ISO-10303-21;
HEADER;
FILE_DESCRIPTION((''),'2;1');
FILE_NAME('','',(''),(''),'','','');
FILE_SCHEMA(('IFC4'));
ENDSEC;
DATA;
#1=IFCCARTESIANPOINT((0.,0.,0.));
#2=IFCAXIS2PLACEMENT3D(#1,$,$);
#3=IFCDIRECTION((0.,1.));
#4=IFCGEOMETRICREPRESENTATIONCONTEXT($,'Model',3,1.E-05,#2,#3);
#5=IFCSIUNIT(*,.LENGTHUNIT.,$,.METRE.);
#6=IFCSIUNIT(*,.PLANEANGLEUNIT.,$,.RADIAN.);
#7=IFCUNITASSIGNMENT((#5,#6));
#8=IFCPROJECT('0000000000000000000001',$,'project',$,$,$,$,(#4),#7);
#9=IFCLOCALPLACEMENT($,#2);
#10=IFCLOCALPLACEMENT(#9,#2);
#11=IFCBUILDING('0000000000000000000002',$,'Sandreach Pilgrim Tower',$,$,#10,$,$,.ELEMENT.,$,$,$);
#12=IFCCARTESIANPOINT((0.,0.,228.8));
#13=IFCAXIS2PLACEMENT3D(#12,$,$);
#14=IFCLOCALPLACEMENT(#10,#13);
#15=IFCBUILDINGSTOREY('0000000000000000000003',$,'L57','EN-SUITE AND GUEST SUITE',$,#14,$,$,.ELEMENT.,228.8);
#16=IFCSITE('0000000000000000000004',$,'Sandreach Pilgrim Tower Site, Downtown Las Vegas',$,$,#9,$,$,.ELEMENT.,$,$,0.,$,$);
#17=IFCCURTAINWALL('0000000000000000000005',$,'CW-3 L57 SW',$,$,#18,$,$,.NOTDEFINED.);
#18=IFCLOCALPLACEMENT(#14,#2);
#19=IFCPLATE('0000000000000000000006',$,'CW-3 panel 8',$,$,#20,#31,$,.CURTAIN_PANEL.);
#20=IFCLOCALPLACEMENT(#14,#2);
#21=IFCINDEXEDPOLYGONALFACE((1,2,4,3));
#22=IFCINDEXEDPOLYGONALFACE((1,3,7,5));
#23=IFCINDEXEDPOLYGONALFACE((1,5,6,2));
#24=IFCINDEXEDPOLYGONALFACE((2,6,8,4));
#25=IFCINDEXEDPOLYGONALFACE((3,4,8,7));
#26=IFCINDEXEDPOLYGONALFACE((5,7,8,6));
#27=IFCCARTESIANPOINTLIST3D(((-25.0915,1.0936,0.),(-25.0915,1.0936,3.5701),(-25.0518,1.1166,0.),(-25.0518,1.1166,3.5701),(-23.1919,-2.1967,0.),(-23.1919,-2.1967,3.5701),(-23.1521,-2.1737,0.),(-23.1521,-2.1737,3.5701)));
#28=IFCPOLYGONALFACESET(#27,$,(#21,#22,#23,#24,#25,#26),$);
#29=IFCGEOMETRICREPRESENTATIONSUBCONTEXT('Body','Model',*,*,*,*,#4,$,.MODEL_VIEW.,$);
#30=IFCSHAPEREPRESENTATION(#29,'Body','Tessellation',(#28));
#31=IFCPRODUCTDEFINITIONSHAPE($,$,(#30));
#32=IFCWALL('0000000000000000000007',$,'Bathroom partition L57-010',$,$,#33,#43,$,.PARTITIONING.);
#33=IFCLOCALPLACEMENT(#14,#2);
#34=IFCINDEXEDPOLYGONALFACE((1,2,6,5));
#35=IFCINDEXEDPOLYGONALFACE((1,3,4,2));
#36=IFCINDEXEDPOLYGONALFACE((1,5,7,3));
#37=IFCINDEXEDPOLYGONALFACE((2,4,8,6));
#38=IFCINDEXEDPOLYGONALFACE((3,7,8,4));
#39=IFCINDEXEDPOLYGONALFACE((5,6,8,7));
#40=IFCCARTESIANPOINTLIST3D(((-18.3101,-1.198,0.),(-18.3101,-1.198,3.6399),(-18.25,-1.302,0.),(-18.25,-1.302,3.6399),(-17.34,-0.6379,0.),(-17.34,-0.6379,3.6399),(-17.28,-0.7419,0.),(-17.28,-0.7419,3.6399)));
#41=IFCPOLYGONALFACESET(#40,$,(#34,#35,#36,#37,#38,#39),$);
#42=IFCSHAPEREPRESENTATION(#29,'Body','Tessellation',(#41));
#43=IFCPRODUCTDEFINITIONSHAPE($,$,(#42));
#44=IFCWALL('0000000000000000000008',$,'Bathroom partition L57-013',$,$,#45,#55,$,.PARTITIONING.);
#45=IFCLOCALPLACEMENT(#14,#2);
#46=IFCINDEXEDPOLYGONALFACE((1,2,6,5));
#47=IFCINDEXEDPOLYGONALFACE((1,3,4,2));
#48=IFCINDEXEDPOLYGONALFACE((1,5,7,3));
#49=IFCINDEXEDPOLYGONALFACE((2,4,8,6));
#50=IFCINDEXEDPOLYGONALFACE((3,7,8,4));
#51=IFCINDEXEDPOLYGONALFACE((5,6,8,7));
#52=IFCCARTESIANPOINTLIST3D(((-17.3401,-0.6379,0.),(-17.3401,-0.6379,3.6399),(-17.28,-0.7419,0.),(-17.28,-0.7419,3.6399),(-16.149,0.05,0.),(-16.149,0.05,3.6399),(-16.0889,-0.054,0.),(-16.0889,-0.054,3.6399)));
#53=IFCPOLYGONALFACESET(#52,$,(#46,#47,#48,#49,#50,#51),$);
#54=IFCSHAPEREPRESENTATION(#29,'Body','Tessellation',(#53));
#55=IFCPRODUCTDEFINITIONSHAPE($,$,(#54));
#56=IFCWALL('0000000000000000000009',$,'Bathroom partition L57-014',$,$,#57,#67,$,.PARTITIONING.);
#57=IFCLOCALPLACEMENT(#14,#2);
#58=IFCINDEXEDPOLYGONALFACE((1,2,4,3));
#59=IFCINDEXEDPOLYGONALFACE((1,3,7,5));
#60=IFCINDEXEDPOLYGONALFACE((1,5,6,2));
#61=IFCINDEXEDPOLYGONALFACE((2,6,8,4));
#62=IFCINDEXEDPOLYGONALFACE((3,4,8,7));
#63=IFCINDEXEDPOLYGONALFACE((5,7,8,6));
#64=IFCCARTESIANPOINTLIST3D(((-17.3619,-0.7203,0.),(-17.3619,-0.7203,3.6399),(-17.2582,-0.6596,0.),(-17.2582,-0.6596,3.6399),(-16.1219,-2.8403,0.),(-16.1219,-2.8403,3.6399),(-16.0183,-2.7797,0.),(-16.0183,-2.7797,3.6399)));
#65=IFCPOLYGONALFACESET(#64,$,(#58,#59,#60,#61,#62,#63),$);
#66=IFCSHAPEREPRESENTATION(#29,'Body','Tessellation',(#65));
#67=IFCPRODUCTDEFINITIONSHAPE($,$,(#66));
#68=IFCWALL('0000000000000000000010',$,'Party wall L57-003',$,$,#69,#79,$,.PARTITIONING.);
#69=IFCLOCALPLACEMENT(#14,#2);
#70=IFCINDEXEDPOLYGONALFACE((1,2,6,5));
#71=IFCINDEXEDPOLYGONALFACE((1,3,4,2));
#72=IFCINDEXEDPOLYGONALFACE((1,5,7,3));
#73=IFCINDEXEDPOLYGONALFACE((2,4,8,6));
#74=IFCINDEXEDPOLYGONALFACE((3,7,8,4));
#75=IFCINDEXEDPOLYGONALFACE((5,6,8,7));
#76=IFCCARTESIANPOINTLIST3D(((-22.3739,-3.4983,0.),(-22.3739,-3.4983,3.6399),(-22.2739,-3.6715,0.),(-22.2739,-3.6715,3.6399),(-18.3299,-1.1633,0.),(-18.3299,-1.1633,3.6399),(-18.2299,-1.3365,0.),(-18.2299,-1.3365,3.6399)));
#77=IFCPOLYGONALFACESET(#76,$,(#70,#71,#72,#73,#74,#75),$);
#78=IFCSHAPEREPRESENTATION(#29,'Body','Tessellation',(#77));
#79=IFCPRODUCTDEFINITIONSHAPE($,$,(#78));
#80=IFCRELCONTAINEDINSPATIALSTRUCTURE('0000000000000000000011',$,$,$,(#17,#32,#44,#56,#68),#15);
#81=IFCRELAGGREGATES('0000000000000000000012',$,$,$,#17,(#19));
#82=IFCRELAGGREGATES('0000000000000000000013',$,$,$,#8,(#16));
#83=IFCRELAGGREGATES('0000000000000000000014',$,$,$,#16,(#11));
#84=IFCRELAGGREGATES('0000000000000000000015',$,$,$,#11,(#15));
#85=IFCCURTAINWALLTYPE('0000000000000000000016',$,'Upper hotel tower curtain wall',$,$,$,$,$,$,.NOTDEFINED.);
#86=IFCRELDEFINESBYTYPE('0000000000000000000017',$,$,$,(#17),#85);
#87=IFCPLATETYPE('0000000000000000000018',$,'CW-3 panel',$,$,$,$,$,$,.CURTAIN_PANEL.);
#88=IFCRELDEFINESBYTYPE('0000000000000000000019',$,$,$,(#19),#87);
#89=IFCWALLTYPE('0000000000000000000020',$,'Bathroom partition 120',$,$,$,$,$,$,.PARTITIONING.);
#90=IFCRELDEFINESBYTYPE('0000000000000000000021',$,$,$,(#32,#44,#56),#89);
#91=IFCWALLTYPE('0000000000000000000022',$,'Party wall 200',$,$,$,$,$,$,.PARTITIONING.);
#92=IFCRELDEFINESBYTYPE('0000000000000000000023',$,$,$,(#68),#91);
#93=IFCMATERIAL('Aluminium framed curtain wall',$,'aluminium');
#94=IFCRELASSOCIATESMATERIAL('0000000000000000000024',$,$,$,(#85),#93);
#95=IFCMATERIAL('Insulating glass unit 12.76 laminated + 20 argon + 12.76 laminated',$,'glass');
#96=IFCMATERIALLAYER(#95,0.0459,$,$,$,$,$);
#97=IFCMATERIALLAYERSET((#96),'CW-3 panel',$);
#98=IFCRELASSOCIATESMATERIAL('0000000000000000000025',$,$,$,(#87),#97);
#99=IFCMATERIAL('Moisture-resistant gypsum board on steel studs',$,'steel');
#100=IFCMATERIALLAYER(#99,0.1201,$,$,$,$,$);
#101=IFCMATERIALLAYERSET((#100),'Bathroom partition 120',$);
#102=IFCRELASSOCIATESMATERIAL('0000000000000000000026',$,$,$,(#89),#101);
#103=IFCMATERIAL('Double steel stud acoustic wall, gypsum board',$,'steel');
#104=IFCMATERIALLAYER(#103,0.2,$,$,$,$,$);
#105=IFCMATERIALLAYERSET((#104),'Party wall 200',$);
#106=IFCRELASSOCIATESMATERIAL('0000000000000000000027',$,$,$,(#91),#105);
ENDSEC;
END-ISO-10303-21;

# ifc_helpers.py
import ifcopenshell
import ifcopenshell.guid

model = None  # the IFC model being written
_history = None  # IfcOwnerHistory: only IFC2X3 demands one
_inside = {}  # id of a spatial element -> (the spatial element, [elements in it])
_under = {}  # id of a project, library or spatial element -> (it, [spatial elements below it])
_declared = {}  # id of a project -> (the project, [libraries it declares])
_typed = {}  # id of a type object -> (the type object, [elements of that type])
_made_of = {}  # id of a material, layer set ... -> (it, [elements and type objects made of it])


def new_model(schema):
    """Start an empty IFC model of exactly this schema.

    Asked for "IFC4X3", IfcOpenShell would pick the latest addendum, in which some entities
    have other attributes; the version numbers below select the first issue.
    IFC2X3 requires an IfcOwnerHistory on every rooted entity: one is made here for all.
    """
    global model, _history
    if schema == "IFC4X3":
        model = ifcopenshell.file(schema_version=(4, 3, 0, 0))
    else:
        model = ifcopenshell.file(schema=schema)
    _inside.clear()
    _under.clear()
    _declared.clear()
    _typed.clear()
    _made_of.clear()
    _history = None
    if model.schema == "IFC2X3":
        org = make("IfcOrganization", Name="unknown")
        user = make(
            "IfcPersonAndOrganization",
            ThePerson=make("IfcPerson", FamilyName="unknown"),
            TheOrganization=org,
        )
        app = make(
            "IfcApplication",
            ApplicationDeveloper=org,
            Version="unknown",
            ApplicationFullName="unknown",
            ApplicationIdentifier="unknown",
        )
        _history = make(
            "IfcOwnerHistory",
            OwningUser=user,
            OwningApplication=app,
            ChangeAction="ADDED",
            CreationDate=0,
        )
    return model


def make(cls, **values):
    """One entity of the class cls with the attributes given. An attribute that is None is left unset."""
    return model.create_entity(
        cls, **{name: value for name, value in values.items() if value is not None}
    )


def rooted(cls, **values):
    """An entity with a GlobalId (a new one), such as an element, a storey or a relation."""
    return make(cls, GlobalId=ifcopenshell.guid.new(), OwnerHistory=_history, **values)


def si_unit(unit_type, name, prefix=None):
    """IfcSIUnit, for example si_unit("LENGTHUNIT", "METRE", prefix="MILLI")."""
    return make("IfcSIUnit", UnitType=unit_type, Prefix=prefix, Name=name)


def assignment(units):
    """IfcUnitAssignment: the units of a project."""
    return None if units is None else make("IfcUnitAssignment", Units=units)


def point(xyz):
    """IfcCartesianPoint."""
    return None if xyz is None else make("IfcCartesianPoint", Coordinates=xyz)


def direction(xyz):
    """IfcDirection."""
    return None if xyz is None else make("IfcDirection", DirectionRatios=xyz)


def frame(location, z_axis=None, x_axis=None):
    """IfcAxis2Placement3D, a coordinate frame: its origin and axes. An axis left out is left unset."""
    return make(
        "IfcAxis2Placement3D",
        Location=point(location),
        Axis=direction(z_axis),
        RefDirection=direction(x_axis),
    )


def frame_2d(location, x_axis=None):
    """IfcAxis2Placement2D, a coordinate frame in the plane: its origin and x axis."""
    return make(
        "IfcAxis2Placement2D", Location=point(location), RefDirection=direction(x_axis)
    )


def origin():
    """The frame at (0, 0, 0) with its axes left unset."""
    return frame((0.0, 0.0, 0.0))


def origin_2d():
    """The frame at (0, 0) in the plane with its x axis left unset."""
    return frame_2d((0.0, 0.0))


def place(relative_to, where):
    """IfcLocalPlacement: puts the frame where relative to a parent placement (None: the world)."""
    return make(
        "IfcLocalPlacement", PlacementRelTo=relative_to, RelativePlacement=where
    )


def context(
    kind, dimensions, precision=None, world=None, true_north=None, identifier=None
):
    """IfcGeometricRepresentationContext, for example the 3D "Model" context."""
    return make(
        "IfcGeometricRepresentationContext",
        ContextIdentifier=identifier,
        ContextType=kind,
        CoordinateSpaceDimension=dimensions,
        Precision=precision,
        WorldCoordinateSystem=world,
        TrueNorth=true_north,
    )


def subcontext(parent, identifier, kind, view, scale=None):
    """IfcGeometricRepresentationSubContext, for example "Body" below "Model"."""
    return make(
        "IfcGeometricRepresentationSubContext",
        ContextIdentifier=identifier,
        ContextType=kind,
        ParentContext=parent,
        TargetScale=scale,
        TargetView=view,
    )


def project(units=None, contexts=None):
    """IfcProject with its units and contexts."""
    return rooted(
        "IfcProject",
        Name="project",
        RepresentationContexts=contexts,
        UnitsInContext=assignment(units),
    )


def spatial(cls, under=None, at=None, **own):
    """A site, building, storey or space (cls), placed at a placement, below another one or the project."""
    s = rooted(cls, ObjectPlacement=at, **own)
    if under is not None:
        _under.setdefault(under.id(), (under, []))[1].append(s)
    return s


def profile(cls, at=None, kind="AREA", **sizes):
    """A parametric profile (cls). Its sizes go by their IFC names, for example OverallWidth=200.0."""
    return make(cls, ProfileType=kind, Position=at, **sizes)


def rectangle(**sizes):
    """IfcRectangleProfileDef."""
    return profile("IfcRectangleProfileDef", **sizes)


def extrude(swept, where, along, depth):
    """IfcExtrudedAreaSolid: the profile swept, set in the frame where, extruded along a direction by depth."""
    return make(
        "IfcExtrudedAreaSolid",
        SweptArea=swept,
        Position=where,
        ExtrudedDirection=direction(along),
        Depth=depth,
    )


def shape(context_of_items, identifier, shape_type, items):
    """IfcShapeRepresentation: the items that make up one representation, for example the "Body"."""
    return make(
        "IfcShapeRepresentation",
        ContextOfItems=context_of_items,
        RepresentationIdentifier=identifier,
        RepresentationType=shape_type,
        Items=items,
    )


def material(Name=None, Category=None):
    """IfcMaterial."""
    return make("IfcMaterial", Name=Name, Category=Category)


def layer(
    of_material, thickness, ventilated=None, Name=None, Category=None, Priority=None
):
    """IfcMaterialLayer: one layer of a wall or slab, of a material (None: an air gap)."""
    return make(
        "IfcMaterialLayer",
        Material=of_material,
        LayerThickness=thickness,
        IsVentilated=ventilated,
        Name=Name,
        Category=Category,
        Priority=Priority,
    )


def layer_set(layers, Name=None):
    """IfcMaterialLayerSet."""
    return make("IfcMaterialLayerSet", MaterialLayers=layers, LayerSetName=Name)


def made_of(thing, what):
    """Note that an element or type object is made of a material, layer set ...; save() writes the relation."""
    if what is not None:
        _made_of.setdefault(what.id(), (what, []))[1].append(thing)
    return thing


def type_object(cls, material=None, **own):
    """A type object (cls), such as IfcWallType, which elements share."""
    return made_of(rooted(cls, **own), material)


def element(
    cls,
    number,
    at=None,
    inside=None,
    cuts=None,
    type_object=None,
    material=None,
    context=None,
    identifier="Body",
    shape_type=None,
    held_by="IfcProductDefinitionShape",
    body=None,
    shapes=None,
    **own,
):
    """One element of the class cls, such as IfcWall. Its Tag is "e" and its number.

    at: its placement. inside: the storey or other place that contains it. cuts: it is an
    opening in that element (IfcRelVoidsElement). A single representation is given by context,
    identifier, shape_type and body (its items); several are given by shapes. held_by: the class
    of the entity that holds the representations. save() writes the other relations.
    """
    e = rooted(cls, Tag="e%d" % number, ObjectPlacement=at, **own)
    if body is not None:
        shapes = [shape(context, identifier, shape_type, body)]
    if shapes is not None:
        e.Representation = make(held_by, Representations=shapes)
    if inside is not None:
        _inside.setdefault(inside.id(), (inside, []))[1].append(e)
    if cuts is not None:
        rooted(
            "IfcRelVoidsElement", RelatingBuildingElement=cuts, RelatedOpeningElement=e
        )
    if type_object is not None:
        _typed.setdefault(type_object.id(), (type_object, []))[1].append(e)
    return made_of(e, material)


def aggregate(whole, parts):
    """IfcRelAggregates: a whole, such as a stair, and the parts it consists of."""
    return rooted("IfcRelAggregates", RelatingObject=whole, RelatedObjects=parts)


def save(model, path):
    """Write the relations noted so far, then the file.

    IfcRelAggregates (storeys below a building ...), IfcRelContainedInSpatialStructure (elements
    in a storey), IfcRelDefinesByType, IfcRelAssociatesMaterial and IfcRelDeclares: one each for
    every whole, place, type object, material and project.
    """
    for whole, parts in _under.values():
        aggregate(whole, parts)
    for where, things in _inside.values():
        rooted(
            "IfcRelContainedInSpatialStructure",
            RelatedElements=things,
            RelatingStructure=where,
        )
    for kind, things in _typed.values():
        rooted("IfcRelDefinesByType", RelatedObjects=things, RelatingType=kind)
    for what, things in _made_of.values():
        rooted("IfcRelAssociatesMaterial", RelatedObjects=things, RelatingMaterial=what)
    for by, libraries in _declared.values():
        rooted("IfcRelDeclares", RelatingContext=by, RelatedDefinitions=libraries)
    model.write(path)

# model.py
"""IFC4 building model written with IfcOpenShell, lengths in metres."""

from ifc_helpers import new_model, si_unit, direction, frame, frame_2d, origin, origin_2d, place, context, subcontext, project, spatial, rectangle, extrude, material, layer, layer_set, type_object, element, aggregate, save


model = new_model("IFC4")

# Units and contexts
model_context = context("Model", 3, precision=1e-05, world=origin(), true_north=direction((0.0, 1.0)))
body_context = subcontext(model_context, "Body", "Model", "MODEL_VIEW")
ifc_project = project(units=[si_unit("LENGTHUNIT", "METRE"), si_unit("PLANEANGLEUNIT", "RADIAN")], contexts=[model_context])

# Site, building, storey
site_placement = place(None, origin())
site = spatial("IfcSite", under=ifc_project, at=site_placement, Name="Sandreach Pilgrim Tower Site, Downtown Las Vegas", CompositionType="ELEMENT", RefElevation=0.0)
building_placement = place(site_placement, origin())
building = spatial("IfcBuilding", under=site, at=building_placement, Name="Sandreach Pilgrim Tower", CompositionType="ELEMENT")
storey_placement = place(building_placement, frame((0.0, 0.0, 228.8)))
storey = spatial("IfcBuildingStorey", under=building, at=storey_placement, Name="L57", Description="EN-SUITE AND GUEST SUITE", CompositionType="ELEMENT", Elevation=228.8)

# Curtain wall
ifc_material_1 = material(Name="Aluminium framed curtain wall", Category="aluminium")
curtain_wall_type = type_object("IfcCurtainWallType", Name="Upper hotel tower curtain wall", PredefinedType="NOTDEFINED", material=ifc_material_1)
curtain_wall_placement = place(storey_placement, origin())
curtain_wall = element("IfcCurtainWall", 1, at=curtain_wall_placement, inside=storey, type_object=curtain_wall_type, Name="CW-3 L57 SW", PredefinedType="NOTDEFINED")

# Plate
ifc_material_2 = material(Name="Insulating glass unit 12.76 laminated + 20 argon + 12.76 laminated", Category="glass")
ifc_layer_1 = layer(ifc_material_2, 0.0459)
ifc_layer_set_1 = layer_set([ifc_layer_1], Name="CW-3 panel")
plate_type = type_object("IfcPlateType", Name="CW-3 panel", PredefinedType="CURTAIN_PANEL", material=ifc_layer_set_1)
plate_1_placement = place(storey_placement, frame((-24.1218, -0.54, 0.0), z_axis=(0.0, 0.0, 1.0), x_axis=(-0.5, 0.866025, 0.0)))
plate_1 = element("IfcPlate", 2, at=plate_1_placement, type_object=plate_type, Name="CW-3 panel 8", PredefinedType="CURTAIN_PANEL", context=body_context, shape_type="SweptSolid", body=[
    extrude(rectangle(XDim=3.7993, YDim=0.0459, at=origin_2d()), origin(), (0.0, 0.0, 1.0), 3.5701),
])
aggregate(curtain_wall, [plate_1])

# Walls
ifc_material_3 = material(Name="Moisture-resistant gypsum board on steel studs", Category="steel")
ifc_layer_2 = layer(ifc_material_3, 0.1201)
ifc_layer_set_2 = layer_set([ifc_layer_2], Name="Bathroom partition 120")
wall_type_1 = type_object("IfcWallType", Name="Bathroom partition 120", PredefinedType="PARTITIONING", material=ifc_layer_set_2)
wall_1_placement = place(storey_placement, frame((-18.28, -1.25, 0.0), z_axis=(0.0, 0.0, 1.0), x_axis=(0.866008, 0.500031, 0.0)))
element("IfcWall", 3, at=wall_1_placement, inside=storey, type_object=wall_type_1, Name="Bathroom partition L57-010", PredefinedType="PARTITIONING", context=body_context, shape_type="SweptSolid", body=[
    extrude(rectangle(XDim=1.1201, YDim=0.1201, at=frame_2d((0.5601, 0.0))), origin(), (0.0, 0.0, 1.0), 3.6399),
])
wall_2_placement = place(storey_placement, frame((-17.3101, -0.6899, 0.0), z_axis=(0.0, 0.0, 1.0), x_axis=(0.86594, 0.500147, 0.0)))
element("IfcWall", 4, at=wall_2_placement, inside=storey, type_object=wall_type_1, Name="Bathroom partition L57-013", PredefinedType="PARTITIONING", context=body_context, shape_type="SweptSolid", body=[
    extrude(rectangle(XDim=1.3755, YDim=0.1201, at=frame_2d((0.6877, 0.0))), origin(), (0.0, 0.0, 1.0), 3.6399),
])
wall_3_placement = place(storey_placement, frame((-17.3101, -0.6899, 0.0), z_axis=(0.0, 0.0, 1.0), x_axis=(0.50486, -0.863201, 0.0)))
element("IfcWall", 5, at=wall_3_placement, inside=storey, type_object=wall_type_1, Name="Bathroom partition L57-014", PredefinedType="PARTITIONING", context=body_context, shape_type="SweptSolid", body=[
    extrude(rectangle(XDim=2.4561, YDim=0.1201, at=frame_2d((1.228, 0.0))), origin(), (0.0, 0.0, 1.0), 3.6399),
])
ifc_material_4 = material(Name="Double steel stud acoustic wall, gypsum board", Category="steel")
ifc_layer_3 = layer(ifc_material_4, 0.2)
ifc_layer_set_3 = layer_set([ifc_layer_3], Name="Party wall 200")
wall_type_2 = type_object("IfcWallType", Name="Party wall 200", PredefinedType="PARTITIONING", material=ifc_layer_set_3)
wall_4_placement = place(storey_placement, frame((-22.324, -3.585, 0.0), z_axis=(0.0, 0.0, 1.0), x_axis=(0.866008, 0.50003, 0.0)))
element("IfcWall", 6, at=wall_4_placement, inside=storey, type_object=wall_type_2, Name="Party wall L57-003", PredefinedType="PARTITIONING", context=body_context, shape_type="SweptSolid", body=[
    extrude(rectangle(XDim=4.6697, YDim=0.2, at=frame_2d((2.335, 0.0))), origin(), (0.0, 0.0, 1.0), 3.6399),
])

save(model, "model.ifc")
